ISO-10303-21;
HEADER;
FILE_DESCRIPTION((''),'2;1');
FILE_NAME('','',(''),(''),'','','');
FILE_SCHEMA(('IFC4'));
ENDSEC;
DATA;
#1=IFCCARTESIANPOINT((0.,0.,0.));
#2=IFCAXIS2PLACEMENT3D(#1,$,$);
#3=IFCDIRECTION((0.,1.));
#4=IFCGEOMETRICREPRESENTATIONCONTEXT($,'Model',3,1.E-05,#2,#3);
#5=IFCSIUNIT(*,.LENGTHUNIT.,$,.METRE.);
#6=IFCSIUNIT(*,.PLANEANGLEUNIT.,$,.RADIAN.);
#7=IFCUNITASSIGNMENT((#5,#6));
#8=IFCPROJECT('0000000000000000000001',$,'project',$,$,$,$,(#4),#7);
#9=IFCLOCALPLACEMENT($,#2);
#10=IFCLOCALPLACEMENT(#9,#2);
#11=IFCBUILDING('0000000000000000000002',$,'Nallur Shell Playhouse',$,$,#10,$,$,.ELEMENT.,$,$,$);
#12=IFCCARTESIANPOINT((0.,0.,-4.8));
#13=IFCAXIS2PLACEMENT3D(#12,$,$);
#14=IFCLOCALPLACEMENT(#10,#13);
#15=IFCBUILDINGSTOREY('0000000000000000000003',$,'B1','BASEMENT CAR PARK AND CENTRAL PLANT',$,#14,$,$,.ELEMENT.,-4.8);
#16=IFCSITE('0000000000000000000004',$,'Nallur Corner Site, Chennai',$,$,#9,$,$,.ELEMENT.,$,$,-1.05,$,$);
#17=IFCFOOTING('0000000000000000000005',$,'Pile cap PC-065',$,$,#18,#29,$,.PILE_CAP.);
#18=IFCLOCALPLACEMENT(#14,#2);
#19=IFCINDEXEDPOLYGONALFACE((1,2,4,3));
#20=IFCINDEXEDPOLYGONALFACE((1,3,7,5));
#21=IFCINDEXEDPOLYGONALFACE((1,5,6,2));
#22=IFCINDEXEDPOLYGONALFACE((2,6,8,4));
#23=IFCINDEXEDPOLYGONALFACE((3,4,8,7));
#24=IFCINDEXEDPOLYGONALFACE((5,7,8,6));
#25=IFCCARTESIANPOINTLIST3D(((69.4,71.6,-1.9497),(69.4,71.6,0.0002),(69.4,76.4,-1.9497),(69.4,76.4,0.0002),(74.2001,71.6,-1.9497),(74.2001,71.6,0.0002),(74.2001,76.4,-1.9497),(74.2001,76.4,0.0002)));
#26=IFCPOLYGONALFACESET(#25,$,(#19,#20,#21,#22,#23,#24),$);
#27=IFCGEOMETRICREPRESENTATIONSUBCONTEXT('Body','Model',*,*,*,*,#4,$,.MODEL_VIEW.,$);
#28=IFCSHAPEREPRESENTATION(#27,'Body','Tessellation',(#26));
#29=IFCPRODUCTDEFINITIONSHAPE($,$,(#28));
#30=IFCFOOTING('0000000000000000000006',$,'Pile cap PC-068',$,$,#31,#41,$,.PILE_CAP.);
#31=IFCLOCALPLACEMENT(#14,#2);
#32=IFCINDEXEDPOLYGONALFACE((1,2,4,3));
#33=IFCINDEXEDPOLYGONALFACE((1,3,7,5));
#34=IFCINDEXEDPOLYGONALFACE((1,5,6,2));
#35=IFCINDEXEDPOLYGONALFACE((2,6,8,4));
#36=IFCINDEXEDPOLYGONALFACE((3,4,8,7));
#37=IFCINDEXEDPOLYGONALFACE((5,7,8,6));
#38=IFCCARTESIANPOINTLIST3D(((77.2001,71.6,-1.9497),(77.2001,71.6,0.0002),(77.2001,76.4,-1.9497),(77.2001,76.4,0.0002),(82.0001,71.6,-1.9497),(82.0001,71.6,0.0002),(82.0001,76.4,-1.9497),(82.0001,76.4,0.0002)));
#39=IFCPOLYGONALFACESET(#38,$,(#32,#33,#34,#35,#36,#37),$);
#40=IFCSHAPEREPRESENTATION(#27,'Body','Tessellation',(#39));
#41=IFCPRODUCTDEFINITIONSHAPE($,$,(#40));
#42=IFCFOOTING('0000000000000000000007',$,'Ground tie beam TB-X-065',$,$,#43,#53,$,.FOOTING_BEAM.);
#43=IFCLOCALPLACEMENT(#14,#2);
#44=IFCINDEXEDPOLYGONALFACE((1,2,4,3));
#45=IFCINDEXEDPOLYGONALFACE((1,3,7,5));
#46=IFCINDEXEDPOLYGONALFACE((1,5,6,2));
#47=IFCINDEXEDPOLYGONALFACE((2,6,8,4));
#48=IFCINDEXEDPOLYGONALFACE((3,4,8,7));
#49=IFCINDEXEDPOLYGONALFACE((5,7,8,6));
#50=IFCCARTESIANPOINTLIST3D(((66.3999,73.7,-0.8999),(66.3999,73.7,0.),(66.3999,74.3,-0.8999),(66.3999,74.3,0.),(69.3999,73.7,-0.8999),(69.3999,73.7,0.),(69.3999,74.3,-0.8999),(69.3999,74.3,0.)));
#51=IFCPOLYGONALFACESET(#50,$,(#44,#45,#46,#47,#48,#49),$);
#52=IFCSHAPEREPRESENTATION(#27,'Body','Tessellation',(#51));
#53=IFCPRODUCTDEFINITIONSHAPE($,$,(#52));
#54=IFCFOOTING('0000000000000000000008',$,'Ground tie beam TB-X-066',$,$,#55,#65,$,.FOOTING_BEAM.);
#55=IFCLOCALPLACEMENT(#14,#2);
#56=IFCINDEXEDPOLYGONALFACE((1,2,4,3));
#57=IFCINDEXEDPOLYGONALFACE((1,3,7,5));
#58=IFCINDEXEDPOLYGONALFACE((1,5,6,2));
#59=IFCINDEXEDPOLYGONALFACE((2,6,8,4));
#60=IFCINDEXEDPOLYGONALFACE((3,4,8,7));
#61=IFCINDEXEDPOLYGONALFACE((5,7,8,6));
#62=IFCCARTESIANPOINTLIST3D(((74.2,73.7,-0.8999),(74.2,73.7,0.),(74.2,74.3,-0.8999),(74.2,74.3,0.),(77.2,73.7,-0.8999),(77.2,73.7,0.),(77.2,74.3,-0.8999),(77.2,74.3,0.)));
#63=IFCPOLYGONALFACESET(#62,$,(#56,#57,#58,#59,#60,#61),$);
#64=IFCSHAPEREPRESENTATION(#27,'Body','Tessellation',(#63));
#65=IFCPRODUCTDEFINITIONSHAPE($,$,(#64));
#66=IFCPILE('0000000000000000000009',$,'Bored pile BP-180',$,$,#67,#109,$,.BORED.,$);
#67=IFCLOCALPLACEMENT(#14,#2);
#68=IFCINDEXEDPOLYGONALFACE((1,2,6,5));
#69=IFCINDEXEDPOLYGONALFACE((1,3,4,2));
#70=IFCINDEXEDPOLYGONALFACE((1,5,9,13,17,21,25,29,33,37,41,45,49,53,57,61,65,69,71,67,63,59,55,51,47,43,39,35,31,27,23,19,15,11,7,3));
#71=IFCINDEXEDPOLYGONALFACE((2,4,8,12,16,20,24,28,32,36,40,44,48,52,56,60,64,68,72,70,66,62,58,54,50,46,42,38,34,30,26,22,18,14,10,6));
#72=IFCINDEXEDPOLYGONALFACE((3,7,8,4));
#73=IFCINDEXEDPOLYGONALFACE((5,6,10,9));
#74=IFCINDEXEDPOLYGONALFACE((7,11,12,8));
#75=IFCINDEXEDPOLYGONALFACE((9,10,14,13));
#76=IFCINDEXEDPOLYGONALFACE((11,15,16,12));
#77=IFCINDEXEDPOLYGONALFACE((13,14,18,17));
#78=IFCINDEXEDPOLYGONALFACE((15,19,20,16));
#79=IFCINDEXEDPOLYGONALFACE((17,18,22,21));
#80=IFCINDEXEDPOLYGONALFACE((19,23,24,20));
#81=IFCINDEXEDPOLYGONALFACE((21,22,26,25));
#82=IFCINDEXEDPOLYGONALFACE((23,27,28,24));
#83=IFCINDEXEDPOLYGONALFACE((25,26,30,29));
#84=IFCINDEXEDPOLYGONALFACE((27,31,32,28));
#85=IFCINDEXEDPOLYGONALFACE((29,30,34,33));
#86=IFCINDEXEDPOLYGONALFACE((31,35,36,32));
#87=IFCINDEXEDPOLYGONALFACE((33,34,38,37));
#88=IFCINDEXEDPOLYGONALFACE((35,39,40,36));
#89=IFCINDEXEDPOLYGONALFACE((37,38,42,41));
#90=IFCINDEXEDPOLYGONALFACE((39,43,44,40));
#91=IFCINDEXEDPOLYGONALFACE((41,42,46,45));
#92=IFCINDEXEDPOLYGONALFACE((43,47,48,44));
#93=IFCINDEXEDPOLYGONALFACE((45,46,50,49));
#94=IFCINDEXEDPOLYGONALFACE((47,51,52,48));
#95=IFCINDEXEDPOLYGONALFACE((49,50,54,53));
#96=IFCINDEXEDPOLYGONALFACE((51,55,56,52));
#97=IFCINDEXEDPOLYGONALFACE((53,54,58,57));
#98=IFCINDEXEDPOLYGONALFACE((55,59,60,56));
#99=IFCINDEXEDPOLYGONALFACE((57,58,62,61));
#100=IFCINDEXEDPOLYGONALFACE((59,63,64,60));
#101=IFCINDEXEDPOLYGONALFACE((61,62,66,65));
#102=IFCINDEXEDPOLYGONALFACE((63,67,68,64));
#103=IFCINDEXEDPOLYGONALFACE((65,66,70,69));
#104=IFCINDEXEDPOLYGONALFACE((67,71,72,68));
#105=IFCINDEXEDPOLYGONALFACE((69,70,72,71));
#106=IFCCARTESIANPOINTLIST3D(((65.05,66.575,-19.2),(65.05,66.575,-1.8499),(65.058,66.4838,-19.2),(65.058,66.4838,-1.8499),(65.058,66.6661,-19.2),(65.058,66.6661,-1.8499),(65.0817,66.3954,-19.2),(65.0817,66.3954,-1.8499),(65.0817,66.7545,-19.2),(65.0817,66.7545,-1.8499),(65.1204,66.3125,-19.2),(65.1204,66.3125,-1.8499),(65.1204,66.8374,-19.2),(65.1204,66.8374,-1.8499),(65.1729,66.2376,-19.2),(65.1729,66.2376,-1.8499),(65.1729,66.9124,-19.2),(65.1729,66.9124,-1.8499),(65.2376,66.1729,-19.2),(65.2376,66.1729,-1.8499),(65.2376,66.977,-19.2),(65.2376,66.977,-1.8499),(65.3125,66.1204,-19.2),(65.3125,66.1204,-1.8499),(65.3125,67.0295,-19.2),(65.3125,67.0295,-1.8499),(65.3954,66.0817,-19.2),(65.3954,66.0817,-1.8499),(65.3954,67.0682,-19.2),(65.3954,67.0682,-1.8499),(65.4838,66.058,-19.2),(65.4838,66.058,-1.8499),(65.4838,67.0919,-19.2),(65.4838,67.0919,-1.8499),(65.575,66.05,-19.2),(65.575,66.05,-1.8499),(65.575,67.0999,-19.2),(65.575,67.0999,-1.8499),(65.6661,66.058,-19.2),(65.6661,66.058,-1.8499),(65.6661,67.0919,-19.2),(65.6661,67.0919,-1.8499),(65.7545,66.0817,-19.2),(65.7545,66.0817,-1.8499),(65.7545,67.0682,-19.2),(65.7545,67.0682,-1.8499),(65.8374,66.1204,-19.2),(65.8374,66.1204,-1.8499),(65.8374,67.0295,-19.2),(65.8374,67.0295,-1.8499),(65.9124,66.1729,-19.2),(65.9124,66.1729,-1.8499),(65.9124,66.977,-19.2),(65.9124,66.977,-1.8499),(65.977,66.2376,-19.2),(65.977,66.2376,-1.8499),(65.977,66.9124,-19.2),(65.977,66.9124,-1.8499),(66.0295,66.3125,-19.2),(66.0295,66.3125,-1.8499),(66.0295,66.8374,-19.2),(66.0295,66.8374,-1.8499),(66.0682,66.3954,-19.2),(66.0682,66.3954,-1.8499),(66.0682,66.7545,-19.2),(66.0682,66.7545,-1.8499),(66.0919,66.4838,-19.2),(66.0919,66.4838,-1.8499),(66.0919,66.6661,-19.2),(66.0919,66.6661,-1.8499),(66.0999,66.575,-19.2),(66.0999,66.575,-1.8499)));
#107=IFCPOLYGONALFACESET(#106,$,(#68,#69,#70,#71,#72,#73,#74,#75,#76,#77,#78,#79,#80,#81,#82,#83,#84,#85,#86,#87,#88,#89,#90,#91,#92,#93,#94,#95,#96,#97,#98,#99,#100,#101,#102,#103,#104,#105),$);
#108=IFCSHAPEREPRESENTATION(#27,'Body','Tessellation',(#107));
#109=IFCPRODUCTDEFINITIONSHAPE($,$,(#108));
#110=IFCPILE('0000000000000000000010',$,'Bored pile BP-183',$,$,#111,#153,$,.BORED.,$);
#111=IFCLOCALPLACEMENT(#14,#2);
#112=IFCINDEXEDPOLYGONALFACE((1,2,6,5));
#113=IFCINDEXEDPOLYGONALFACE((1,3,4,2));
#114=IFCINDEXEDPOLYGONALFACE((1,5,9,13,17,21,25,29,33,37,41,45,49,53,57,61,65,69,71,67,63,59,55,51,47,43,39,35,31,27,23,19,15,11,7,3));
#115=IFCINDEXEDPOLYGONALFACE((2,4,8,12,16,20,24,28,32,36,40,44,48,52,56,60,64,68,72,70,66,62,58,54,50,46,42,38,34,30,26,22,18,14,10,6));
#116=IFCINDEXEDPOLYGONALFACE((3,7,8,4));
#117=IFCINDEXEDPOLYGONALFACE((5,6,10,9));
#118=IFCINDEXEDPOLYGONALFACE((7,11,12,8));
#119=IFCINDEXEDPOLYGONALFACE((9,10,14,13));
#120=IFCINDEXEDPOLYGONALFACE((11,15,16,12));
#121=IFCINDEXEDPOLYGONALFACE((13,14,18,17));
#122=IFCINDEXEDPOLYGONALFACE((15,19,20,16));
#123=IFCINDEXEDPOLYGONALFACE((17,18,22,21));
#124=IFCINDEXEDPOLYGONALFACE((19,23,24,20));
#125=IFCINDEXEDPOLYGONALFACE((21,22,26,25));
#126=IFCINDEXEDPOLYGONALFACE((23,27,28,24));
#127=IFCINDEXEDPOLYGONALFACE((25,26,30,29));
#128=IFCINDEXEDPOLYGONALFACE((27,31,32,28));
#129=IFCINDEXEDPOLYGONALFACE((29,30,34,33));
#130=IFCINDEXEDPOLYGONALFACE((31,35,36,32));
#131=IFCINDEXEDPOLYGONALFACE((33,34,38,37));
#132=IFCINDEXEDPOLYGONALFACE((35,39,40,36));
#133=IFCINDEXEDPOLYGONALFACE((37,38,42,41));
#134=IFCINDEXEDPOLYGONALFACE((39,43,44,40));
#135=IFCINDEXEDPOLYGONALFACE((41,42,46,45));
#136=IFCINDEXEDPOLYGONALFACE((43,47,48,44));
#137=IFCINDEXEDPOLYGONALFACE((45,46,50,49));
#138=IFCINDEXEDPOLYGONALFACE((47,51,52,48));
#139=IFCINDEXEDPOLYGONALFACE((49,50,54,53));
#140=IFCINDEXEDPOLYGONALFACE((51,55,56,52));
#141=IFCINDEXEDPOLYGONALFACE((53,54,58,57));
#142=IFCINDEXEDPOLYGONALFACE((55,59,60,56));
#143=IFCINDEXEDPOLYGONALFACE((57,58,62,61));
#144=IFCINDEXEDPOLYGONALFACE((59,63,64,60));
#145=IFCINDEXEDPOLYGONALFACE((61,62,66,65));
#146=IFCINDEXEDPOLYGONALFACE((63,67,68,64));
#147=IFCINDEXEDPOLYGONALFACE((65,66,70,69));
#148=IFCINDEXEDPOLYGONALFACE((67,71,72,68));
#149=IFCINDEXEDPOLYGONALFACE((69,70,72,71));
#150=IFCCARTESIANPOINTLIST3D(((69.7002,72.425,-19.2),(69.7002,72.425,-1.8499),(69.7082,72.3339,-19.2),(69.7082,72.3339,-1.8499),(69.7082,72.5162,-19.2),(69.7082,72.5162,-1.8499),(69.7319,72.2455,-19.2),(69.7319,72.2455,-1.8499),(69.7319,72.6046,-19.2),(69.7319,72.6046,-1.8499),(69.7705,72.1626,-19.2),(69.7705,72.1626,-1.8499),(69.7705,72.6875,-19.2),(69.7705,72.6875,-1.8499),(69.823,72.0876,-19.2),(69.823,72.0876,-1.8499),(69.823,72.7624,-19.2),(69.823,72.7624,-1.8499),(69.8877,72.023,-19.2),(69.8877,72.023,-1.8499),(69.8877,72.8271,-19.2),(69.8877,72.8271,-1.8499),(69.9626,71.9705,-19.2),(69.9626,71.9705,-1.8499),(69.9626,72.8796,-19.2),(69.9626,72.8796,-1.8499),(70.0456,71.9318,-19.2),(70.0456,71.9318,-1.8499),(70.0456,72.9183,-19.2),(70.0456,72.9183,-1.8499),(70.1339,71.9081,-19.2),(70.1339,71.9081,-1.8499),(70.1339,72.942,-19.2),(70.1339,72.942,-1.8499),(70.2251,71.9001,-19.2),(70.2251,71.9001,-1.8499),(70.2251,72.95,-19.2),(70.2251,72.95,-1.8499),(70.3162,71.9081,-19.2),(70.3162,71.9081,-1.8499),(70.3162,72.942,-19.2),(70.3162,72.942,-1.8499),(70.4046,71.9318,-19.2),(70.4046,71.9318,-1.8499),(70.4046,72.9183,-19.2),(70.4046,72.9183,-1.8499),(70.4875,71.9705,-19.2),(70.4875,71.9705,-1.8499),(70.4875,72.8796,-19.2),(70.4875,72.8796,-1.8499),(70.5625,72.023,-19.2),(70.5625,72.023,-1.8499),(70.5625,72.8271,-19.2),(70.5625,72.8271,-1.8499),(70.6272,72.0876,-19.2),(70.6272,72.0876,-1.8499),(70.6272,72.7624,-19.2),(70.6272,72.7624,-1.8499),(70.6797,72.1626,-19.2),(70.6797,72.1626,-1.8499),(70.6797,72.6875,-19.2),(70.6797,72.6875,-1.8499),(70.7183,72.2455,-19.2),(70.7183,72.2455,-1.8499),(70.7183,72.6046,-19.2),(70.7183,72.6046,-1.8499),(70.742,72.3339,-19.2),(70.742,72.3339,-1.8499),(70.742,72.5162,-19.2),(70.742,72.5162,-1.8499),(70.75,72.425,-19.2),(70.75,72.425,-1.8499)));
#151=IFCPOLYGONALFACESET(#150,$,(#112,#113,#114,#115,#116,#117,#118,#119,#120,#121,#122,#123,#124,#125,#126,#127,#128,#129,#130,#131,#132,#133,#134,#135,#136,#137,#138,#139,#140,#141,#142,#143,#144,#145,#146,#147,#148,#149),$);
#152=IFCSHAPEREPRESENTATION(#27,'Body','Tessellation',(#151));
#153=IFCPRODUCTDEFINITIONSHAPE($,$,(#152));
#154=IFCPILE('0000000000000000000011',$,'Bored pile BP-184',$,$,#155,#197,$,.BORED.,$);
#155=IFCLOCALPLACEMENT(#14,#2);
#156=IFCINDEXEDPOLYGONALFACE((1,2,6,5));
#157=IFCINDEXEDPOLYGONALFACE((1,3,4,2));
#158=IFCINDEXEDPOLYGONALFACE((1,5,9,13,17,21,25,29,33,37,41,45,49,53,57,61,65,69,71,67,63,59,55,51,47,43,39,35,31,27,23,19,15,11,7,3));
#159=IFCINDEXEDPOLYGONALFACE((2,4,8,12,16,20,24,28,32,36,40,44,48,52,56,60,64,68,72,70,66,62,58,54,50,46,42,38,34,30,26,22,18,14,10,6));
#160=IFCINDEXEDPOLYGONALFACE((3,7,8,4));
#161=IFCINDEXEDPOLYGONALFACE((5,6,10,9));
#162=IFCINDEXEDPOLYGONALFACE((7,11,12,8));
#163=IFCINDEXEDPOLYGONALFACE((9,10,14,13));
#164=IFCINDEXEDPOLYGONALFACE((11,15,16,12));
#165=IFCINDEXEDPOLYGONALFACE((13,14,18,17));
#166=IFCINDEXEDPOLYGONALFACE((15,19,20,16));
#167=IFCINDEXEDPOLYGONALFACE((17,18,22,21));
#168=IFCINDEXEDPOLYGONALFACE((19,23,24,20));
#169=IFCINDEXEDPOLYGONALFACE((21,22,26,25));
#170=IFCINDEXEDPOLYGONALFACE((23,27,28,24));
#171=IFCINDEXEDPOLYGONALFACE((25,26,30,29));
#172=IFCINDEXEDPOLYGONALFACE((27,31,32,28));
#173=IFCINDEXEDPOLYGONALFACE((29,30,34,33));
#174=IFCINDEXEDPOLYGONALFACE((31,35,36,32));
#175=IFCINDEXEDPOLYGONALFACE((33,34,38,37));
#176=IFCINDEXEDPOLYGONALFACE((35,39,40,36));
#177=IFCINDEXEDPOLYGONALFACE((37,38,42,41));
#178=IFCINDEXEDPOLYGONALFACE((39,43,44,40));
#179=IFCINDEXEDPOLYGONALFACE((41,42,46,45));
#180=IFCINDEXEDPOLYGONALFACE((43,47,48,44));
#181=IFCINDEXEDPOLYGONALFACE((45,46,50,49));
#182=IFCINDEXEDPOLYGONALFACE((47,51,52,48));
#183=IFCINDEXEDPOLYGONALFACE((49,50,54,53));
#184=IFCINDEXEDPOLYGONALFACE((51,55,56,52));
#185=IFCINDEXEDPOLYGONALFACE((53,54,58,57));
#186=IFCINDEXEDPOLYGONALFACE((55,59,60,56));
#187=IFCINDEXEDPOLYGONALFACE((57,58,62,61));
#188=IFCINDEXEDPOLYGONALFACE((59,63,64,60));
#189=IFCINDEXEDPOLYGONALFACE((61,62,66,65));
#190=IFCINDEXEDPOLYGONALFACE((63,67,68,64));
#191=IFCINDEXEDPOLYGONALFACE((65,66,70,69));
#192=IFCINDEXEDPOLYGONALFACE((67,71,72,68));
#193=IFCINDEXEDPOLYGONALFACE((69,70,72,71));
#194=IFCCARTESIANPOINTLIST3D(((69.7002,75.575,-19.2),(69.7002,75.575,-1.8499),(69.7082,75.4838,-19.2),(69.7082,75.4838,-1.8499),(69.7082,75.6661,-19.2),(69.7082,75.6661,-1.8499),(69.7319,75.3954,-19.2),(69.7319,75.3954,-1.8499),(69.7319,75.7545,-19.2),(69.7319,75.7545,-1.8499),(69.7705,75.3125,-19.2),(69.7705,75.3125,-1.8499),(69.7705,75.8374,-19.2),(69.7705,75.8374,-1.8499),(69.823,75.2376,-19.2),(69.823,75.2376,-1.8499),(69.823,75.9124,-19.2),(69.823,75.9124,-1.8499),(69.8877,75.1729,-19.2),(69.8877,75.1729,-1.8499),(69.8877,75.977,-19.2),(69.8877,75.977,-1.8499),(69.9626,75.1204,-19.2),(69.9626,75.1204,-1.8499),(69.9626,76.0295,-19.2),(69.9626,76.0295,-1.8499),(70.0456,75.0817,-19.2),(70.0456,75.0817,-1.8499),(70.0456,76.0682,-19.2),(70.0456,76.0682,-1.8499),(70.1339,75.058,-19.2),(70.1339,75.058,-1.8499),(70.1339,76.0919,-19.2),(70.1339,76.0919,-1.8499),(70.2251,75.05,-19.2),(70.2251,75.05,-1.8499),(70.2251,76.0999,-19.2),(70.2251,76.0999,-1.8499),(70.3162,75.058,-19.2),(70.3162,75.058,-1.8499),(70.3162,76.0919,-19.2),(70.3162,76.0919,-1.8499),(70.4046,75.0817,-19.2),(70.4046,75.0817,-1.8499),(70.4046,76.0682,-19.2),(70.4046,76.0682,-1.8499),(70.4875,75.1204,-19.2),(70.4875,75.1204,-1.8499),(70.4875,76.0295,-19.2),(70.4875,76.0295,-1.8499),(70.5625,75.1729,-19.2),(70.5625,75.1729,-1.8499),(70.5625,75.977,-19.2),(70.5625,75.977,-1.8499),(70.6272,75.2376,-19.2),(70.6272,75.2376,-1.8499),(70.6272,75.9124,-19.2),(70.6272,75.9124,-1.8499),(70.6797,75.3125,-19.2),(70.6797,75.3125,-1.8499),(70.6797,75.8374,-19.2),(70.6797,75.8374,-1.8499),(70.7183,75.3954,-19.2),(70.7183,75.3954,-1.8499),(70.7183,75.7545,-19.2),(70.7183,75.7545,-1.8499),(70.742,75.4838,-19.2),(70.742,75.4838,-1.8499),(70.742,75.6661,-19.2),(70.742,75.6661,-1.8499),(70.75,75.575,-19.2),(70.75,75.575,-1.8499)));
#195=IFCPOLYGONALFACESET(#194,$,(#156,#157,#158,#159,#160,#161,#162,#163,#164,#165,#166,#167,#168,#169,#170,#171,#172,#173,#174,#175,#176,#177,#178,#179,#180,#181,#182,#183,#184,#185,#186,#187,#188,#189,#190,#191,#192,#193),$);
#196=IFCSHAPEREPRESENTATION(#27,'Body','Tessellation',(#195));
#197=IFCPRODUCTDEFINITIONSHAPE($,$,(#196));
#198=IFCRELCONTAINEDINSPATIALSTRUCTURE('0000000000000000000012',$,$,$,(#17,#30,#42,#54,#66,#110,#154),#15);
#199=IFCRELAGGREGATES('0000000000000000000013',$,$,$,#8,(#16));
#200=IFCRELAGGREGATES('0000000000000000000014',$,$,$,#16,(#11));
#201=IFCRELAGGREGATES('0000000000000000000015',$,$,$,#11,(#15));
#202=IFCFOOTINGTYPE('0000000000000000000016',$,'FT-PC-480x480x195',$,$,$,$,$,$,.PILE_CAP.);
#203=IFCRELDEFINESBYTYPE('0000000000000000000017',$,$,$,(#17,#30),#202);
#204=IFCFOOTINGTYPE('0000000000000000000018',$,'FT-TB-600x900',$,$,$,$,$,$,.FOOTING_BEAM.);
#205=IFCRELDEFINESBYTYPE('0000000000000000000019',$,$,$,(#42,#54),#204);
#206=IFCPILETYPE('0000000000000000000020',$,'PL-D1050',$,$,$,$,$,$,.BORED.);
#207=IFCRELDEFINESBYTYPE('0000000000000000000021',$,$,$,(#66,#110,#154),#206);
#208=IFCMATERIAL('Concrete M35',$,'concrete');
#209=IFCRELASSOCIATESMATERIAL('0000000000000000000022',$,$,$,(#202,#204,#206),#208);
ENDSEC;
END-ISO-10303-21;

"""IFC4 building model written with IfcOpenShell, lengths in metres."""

from ifc_helpers import new_model, si_unit, direction, frame, origin, origin_2d, place, context, subcontext, project, spatial, rectangle, circle, extrude, material, material_profile, profile_set, type_object, element, save


model = new_model("IFC4")

# Units and contexts
model_context = context("Model", 3, precision=1e-05, world=origin(), true_north=direction((0.0, 1.0)))
body_context = subcontext(model_context, "Body", "Model", "MODEL_VIEW")
ifc_project = project(units=[si_unit("LENGTHUNIT", "METRE"), si_unit("PLANEANGLEUNIT", "RADIAN")], contexts=[model_context])

# Site, building, storey
site_placement = place(None, origin())
site = spatial("IfcSite", under=ifc_project, at=site_placement, Name="Nallur Corner Site, Chennai", CompositionType="ELEMENT", RefElevation=-1.05)
building_placement = place(site_placement, origin())
building = spatial("IfcBuilding", under=site, at=building_placement, Name="Nallur Shell Playhouse", CompositionType="ELEMENT")
storey_placement = place(building_placement, frame((0.0, 0.0, -4.8)))
storey = spatial("IfcBuildingStorey", under=building, at=storey_placement, Name="B1", Description="BASEMENT CAR PARK AND CENTRAL PLANT", CompositionType="ELEMENT", Elevation=-4.8)

# Footings
ifc_material_1 = material(Name="Concrete M35", Category="concrete")
footing_type_1 = type_object("IfcFootingType", Name="FT-PC-480x480x195", PredefinedType="PILE_CAP", material=ifc_material_1)
for number, where, z_axis, x_axis, name in (
    (1, (71.8, 74.0, -1.9497), (0.0, 0.0, 1.0), (1.0, 0.0, 0.0), "Pile cap PC-065"),
    (2, (79.6001, 74.0, -1.9497), (0.0, 0.0, 1.0), (1.0, 0.0, 0.0), "Pile cap PC-068"),
):
    element("IfcFooting", number, at=place(storey_placement, frame(where, z_axis=z_axis, x_axis=x_axis)), inside=storey, type_object=footing_type_1, Name=name, PredefinedType="PILE_CAP", context=body_context, shape_type="SweptSolid", body=[
        extrude(rectangle(XDim=4.8, YDim=4.8, at=origin_2d()), origin(), (0.0, 0.0, 1.0), 1.95),
    ])
ifc_material_profile_1 = material_profile(ifc_material_1, rectangle(XDim=0.6001, YDim=0.8999, at=origin_2d()), Name="RC 600x900")
ifc_profile_set_1 = profile_set([ifc_material_profile_1], Name="Concrete M35")
footing_type_2 = type_object("IfcFootingType", Name="FT-TB-600x900", PredefinedType="FOOTING_BEAM", material=ifc_profile_set_1)
for number, where, z_axis, x_axis, name in (
    (3, (66.3999, 74.0, -0.45), (1.0, 0.0, 0.0), (0.0, 1.0, 0.0), "Ground tie beam TB-X-065"),
    (4, (74.2, 74.0, -0.45), (1.0, 0.0, 0.0), (0.0, 1.0, 0.0), "Ground tie beam TB-X-066"),
):
    element("IfcFooting", number, at=place(storey_placement, frame(where, z_axis=z_axis, x_axis=x_axis)), inside=storey, type_object=footing_type_2, Name=name, PredefinedType="FOOTING_BEAM", context=body_context, shape_type="SweptSolid", body=[
        extrude(rectangle(XDim=0.6001, YDim=0.8999, at=origin_2d()), origin(), (0.0, 0.0, 1.0), 3.0),
    ])

# Piles
ifc_material_profile_2 = material_profile(ifc_material_1, circle(Radius=0.5249, at=origin_2d()), Name="BORED PILE D1050")
ifc_profile_set_2 = profile_set([ifc_material_profile_2], Name="Concrete M35")
pile_type = type_object("IfcPileType", Name="PL-D1050", PredefinedType="BORED", material=ifc_profile_set_2)
for number, where, z_axis, x_axis, name in (
    (5, (65.575, 66.575, -1.8499), (0.0, 0.0, -1.0), (1.0, 0.0, 0.0), "Bored pile BP-180"),
    (6, (70.2251, 72.425, -1.8499), (0.0, 0.0, -1.0), (1.0, 0.0, 0.0), "Bored pile BP-183"),
    (7, (70.2251, 75.575, -1.8499), (0.0, 0.0, -1.0), (1.0, 0.0, 0.0), "Bored pile BP-184"),
):
    element("IfcPile", number, at=place(storey_placement, frame(where, z_axis=z_axis, x_axis=x_axis)), inside=storey, type_object=pile_type, Name=name, PredefinedType="BORED", context=body_context, shape_type="SweptSolid", body=[
        extrude(circle(Radius=0.5249, at=origin_2d()), origin(), (0.0, 0.0, 1.0), 17.3501),
    ])

save(model, "model.ifc")
